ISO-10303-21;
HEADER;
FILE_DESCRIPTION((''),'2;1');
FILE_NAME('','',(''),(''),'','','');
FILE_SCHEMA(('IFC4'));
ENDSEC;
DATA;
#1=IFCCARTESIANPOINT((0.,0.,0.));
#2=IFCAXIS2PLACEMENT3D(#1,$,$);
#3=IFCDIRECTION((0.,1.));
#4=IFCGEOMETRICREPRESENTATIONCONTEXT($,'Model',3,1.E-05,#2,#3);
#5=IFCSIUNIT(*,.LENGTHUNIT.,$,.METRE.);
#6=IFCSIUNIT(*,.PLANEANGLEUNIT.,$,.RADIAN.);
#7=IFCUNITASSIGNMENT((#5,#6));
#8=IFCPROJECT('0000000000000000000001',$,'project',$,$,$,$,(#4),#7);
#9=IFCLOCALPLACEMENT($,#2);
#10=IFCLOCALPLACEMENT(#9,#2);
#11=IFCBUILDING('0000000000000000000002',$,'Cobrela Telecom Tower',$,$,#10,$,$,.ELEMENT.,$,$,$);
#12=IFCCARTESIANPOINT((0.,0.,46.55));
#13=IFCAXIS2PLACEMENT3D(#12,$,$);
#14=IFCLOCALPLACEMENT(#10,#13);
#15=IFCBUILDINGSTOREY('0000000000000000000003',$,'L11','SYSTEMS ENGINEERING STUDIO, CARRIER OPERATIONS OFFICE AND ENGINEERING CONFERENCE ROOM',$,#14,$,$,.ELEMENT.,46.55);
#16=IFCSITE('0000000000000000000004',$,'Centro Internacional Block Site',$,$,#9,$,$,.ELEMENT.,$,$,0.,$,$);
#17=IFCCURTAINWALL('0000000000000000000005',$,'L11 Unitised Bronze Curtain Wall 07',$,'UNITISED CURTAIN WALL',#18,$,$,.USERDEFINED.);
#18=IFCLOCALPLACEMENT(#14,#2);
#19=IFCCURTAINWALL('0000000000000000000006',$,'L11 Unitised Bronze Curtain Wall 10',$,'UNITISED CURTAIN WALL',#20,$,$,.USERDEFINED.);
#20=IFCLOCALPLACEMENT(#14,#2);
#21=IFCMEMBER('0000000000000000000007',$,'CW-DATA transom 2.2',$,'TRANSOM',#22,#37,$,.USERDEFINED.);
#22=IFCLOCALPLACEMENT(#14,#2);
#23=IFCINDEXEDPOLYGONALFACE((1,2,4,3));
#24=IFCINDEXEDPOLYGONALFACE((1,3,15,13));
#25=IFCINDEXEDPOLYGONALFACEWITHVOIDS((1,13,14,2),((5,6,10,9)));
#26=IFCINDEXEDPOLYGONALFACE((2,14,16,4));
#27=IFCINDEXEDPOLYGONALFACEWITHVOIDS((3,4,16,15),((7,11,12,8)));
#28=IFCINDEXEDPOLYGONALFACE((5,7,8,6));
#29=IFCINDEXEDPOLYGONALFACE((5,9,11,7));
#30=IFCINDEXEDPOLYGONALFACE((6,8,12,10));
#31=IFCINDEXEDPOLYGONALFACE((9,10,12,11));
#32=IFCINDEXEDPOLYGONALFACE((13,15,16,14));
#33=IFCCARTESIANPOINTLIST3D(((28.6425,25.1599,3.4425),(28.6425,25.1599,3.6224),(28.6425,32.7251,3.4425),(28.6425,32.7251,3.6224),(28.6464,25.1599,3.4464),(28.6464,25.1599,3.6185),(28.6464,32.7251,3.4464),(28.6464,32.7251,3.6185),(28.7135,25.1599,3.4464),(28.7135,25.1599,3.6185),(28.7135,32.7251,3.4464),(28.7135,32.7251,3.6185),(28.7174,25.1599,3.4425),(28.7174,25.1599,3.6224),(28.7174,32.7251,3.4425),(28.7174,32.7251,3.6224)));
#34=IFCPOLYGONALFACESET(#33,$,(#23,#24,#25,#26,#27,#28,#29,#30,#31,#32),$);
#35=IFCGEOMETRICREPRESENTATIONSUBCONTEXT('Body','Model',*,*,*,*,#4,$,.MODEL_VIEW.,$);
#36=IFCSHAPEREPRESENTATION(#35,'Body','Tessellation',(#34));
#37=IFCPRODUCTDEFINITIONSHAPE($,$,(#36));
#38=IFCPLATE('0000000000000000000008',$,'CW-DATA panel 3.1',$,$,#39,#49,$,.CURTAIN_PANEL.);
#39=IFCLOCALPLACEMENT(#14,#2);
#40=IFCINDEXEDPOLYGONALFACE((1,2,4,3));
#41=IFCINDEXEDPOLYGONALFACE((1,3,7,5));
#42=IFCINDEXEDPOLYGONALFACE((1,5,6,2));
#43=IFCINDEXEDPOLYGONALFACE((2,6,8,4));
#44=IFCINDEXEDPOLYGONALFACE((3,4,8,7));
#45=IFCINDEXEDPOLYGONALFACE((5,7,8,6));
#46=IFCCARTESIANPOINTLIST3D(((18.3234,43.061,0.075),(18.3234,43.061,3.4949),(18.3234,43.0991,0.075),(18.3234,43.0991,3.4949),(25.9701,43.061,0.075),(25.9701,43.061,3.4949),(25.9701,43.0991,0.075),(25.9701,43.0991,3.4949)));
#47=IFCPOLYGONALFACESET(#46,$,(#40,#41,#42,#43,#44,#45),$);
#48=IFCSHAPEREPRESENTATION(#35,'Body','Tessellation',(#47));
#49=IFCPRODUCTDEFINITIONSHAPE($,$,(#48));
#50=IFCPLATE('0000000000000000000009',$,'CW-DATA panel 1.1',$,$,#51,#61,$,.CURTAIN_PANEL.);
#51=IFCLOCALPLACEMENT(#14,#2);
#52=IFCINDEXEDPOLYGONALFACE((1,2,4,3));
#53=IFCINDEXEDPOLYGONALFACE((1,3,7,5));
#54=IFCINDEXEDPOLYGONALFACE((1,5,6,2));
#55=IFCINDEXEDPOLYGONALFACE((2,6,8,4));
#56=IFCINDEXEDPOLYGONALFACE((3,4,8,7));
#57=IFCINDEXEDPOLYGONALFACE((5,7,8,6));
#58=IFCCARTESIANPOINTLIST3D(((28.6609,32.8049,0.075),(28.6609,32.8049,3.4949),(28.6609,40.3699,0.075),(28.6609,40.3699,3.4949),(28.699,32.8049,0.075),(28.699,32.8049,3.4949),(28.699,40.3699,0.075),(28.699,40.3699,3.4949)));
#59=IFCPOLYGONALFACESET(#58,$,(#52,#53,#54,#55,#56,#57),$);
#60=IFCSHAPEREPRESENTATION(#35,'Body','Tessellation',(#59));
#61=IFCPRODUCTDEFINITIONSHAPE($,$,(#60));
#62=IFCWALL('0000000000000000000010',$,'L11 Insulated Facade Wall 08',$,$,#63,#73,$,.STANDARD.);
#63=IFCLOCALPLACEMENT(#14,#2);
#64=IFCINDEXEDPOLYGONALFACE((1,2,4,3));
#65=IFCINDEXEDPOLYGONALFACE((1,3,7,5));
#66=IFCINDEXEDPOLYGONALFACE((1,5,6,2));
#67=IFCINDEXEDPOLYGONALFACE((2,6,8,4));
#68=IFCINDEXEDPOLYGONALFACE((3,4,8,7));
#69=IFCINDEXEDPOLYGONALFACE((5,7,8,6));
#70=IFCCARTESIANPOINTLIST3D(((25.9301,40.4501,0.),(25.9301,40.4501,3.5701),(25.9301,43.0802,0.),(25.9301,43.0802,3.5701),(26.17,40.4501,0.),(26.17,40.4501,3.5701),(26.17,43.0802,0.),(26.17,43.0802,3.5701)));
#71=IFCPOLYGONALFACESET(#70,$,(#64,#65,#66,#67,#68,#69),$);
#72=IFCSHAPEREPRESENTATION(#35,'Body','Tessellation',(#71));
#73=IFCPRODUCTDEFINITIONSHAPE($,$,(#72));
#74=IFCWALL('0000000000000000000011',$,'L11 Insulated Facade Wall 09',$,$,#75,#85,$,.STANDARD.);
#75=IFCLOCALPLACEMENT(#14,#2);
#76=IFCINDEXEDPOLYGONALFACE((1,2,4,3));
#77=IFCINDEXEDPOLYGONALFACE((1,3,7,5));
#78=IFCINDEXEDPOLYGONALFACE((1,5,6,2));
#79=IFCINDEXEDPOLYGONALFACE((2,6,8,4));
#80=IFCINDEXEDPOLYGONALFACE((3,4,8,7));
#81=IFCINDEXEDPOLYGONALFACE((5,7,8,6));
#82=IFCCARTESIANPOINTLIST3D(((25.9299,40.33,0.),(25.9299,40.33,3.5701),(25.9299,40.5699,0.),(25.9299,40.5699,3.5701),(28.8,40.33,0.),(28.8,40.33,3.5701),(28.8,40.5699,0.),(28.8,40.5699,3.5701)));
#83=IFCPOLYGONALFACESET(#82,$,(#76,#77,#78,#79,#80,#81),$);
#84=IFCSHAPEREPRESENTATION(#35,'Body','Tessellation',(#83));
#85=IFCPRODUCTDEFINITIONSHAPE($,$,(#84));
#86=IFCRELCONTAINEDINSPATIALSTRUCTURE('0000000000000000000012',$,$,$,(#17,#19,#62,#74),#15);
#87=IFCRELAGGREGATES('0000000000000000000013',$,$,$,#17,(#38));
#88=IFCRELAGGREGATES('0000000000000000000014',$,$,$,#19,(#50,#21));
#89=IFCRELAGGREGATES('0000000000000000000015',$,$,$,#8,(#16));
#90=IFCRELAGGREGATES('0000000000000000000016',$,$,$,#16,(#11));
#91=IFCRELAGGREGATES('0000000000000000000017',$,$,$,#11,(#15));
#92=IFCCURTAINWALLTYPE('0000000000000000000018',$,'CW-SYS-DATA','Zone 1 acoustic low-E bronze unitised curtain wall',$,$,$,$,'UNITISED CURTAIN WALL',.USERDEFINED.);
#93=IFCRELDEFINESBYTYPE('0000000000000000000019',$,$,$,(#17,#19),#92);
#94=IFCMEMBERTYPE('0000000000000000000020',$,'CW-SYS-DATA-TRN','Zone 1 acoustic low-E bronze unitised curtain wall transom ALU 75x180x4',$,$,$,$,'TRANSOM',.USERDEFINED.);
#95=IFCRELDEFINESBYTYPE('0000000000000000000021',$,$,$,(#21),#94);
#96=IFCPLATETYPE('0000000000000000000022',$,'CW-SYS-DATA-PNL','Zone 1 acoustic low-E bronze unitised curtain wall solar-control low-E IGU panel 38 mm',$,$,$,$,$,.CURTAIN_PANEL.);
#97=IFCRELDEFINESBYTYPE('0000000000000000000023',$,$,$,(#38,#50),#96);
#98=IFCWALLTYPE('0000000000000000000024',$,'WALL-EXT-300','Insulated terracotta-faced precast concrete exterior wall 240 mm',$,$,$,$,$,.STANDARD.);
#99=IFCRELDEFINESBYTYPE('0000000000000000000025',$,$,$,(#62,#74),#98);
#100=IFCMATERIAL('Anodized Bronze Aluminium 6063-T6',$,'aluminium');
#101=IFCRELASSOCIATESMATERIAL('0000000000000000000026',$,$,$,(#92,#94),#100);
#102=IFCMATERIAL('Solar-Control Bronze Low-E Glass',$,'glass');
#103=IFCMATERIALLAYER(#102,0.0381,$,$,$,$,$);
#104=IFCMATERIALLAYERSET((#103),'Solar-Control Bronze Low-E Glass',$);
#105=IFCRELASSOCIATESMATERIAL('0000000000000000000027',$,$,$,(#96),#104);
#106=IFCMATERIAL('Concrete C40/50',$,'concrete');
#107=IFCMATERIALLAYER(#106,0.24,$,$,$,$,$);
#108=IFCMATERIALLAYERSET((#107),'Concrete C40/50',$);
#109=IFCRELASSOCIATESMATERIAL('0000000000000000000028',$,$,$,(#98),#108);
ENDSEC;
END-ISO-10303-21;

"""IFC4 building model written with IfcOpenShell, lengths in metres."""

from ifc_helpers import new_model, si_unit, direction, frame, frame_2d, origin, origin_2d, place, context, subcontext, project, spatial, rectangle, hollow_rectangle, extrude, material, layer, layer_set, material_profile, profile_set, type_object, element, aggregate, save


model = new_model("IFC4")

# Units and contexts
model_context = context("Model", 3, precision=1e-05, world=origin(), true_north=direction((0.0, 1.0)))
body_context = subcontext(model_context, "Body", "Model", "MODEL_VIEW")
ifc_project = project(units=[si_unit("LENGTHUNIT", "METRE"), si_unit("PLANEANGLEUNIT", "RADIAN")], contexts=[model_context])

# Site, building, storey
site_placement = place(None, origin())
site = spatial("IfcSite", under=ifc_project, at=site_placement, Name="Centro Internacional Block Site", CompositionType="ELEMENT", RefElevation=0.0)
building_placement = place(site_placement, origin())
building = spatial("IfcBuilding", under=site, at=building_placement, Name="Cobrela Telecom Tower", CompositionType="ELEMENT")
storey_placement = place(building_placement, frame((0.0, 0.0, 46.55)))
storey = spatial("IfcBuildingStorey", under=building, at=storey_placement, Name="L11", Description="SYSTEMS ENGINEERING STUDIO, CARRIER OPERATIONS OFFICE AND ENGINEERING CONFERENCE ROOM", CompositionType="ELEMENT", Elevation=46.55)

# Curtain wall
ifc_material_1 = material(Name="Anodized Bronze Aluminium 6063-T6", Category="aluminium")
curtain_wall_type = type_object("IfcCurtainWallType", Name="CW-SYS-DATA", Description="Zone 1 acoustic low-E bronze unitised curtain wall", ElementType="UNITISED CURTAIN WALL", PredefinedType="USERDEFINED", material=ifc_material_1)
curtain_wall_1_placement = place(storey_placement, origin())
curtain_wall_1 = element("IfcCurtainWall", 1, at=curtain_wall_1_placement, inside=storey, type_object=curtain_wall_type, Name="L11 Unitised Bronze Curtain Wall 07", ObjectType="UNITISED CURTAIN WALL", PredefinedType="USERDEFINED")

# Curtain wall, member
curtain_wall_2_placement = place(storey_placement, origin())
curtain_wall_2 = element("IfcCurtainWall", 2, at=curtain_wall_2_placement, inside=storey, type_object=curtain_wall_type, Name="L11 Unitised Bronze Curtain Wall 10", ObjectType="UNITISED CURTAIN WALL", PredefinedType="USERDEFINED")
ifc_material_profile_1 = material_profile(ifc_material_1, hollow_rectangle(XDim=0.075, YDim=0.1799, WallThickness=0.0039, at=origin_2d()), Name="ALU 75x180x4")
ifc_profile_set_1 = profile_set([ifc_material_profile_1], Name="Anodized Bronze Aluminium 6063-T6")
member_type_1 = type_object("IfcMemberType", Name="CW-SYS-DATA-TRN", Description="Zone 1 acoustic low-E bronze unitised curtain wall transom ALU 75x180x4", ElementType="TRANSOM", PredefinedType="USERDEFINED", material=ifc_profile_set_1)
member_1_placement = place(storey_placement, frame((28.6799, 32.7251, 3.5325), z_axis=(0.0, -1.0, 0.0), x_axis=(1.0, 0.0, 0.0)))
member_1 = element("IfcMember", 3, at=member_1_placement, type_object=member_type_1, Name="CW-DATA transom 2.2", ObjectType="TRANSOM", PredefinedType="USERDEFINED", context=body_context, shape_type="SweptSolid", body=[
    extrude(hollow_rectangle(XDim=0.075, YDim=0.1799, WallThickness=0.0039, at=origin_2d()), origin(), (0.0, 0.0, 1.0), 7.5652),
])

# Plates
ifc_material_2 = material(Name="Solar-Control Bronze Low-E Glass", Category="glass")
ifc_layer_1 = layer(ifc_material_2, 0.0381)
ifc_layer_set_1 = layer_set([ifc_layer_1], Name="Solar-Control Bronze Low-E Glass")
plate_type = type_object("IfcPlateType", Name="CW-SYS-DATA-PNL", Description="Zone 1 acoustic low-E bronze unitised curtain wall solar-control low-E IGU panel 38 mm", PredefinedType="CURTAIN_PANEL", material=ifc_layer_set_1)
plate_1_placement = place(storey_placement, frame((22.1467, 43.0801, 0.075), z_axis=(0.0, 0.0, 1.0), x_axis=(1.0, 0.0, 0.0)))
plate_1 = element("IfcPlate", 4, at=plate_1_placement, type_object=plate_type, Name="CW-DATA panel 3.1", PredefinedType="CURTAIN_PANEL", context=body_context, shape_type="SweptSolid", body=[
    extrude(rectangle(XDim=7.6467, YDim=0.0381, at=origin_2d()), origin(), (0.0, 0.0, 1.0), 3.4199),
])
aggregate(curtain_wall_1, [plate_1])
plate_2_placement = place(storey_placement, frame((28.6799, 36.5874, 0.075), z_axis=(0.0, 0.0, 1.0), x_axis=(0.0, -1.0, 0.0)))
plate_2 = element("IfcPlate", 5, at=plate_2_placement, type_object=plate_type, Name="CW-DATA panel 1.1", PredefinedType="CURTAIN_PANEL", context=body_context, shape_type="SweptSolid", body=[
    extrude(rectangle(XDim=7.5649, YDim=0.0381, at=origin_2d()), origin(), (0.0, 0.0, 1.0), 3.4199),
])
aggregate(curtain_wall_2, [plate_2, member_1])

# Walls
ifc_material_3 = material(Name="Concrete C40/50", Category="concrete")
ifc_layer_2 = layer(ifc_material_3, 0.24)
ifc_layer_set_2 = layer_set([ifc_layer_2], Name="Concrete C40/50")
wall_type = type_object("IfcWallType", Name="WALL-EXT-300", Description="Insulated terracotta-faced precast concrete exterior wall 240 mm", PredefinedType="STANDARD", material=ifc_layer_set_2)
wall_1_placement = place(storey_placement, frame((26.05, 43.0801, 0.0), z_axis=(0.0, 0.0, 1.0), x_axis=(0.0, -1.0, 0.0)))
element("IfcWall", 6, at=wall_1_placement, inside=storey, type_object=wall_type, Name="L11 Insulated Facade Wall 08", PredefinedType="STANDARD", context=body_context, shape_type="SweptSolid", body=[
    extrude(rectangle(XDim=2.6301, YDim=0.24, at=frame_2d((1.3149, 0.0))), origin(), (0.0, 0.0, 1.0), 3.5701),
])
wall_2_placement = place(storey_placement, frame((25.9299, 40.45, 0.0), z_axis=(0.0, 0.0, 1.0), x_axis=(1.0, 0.0, 0.0)))
element("IfcWall", 7, at=wall_2_placement, inside=storey, type_object=wall_type, Name="L11 Insulated Facade Wall 09", PredefinedType="STANDARD", context=body_context, shape_type="SweptSolid", body=[
    extrude(rectangle(XDim=2.8701, YDim=0.24, at=frame_2d((1.4351, 0.0))), origin(), (0.0, 0.0, 1.0), 3.5701),
])

save(model, "model.ifc")
